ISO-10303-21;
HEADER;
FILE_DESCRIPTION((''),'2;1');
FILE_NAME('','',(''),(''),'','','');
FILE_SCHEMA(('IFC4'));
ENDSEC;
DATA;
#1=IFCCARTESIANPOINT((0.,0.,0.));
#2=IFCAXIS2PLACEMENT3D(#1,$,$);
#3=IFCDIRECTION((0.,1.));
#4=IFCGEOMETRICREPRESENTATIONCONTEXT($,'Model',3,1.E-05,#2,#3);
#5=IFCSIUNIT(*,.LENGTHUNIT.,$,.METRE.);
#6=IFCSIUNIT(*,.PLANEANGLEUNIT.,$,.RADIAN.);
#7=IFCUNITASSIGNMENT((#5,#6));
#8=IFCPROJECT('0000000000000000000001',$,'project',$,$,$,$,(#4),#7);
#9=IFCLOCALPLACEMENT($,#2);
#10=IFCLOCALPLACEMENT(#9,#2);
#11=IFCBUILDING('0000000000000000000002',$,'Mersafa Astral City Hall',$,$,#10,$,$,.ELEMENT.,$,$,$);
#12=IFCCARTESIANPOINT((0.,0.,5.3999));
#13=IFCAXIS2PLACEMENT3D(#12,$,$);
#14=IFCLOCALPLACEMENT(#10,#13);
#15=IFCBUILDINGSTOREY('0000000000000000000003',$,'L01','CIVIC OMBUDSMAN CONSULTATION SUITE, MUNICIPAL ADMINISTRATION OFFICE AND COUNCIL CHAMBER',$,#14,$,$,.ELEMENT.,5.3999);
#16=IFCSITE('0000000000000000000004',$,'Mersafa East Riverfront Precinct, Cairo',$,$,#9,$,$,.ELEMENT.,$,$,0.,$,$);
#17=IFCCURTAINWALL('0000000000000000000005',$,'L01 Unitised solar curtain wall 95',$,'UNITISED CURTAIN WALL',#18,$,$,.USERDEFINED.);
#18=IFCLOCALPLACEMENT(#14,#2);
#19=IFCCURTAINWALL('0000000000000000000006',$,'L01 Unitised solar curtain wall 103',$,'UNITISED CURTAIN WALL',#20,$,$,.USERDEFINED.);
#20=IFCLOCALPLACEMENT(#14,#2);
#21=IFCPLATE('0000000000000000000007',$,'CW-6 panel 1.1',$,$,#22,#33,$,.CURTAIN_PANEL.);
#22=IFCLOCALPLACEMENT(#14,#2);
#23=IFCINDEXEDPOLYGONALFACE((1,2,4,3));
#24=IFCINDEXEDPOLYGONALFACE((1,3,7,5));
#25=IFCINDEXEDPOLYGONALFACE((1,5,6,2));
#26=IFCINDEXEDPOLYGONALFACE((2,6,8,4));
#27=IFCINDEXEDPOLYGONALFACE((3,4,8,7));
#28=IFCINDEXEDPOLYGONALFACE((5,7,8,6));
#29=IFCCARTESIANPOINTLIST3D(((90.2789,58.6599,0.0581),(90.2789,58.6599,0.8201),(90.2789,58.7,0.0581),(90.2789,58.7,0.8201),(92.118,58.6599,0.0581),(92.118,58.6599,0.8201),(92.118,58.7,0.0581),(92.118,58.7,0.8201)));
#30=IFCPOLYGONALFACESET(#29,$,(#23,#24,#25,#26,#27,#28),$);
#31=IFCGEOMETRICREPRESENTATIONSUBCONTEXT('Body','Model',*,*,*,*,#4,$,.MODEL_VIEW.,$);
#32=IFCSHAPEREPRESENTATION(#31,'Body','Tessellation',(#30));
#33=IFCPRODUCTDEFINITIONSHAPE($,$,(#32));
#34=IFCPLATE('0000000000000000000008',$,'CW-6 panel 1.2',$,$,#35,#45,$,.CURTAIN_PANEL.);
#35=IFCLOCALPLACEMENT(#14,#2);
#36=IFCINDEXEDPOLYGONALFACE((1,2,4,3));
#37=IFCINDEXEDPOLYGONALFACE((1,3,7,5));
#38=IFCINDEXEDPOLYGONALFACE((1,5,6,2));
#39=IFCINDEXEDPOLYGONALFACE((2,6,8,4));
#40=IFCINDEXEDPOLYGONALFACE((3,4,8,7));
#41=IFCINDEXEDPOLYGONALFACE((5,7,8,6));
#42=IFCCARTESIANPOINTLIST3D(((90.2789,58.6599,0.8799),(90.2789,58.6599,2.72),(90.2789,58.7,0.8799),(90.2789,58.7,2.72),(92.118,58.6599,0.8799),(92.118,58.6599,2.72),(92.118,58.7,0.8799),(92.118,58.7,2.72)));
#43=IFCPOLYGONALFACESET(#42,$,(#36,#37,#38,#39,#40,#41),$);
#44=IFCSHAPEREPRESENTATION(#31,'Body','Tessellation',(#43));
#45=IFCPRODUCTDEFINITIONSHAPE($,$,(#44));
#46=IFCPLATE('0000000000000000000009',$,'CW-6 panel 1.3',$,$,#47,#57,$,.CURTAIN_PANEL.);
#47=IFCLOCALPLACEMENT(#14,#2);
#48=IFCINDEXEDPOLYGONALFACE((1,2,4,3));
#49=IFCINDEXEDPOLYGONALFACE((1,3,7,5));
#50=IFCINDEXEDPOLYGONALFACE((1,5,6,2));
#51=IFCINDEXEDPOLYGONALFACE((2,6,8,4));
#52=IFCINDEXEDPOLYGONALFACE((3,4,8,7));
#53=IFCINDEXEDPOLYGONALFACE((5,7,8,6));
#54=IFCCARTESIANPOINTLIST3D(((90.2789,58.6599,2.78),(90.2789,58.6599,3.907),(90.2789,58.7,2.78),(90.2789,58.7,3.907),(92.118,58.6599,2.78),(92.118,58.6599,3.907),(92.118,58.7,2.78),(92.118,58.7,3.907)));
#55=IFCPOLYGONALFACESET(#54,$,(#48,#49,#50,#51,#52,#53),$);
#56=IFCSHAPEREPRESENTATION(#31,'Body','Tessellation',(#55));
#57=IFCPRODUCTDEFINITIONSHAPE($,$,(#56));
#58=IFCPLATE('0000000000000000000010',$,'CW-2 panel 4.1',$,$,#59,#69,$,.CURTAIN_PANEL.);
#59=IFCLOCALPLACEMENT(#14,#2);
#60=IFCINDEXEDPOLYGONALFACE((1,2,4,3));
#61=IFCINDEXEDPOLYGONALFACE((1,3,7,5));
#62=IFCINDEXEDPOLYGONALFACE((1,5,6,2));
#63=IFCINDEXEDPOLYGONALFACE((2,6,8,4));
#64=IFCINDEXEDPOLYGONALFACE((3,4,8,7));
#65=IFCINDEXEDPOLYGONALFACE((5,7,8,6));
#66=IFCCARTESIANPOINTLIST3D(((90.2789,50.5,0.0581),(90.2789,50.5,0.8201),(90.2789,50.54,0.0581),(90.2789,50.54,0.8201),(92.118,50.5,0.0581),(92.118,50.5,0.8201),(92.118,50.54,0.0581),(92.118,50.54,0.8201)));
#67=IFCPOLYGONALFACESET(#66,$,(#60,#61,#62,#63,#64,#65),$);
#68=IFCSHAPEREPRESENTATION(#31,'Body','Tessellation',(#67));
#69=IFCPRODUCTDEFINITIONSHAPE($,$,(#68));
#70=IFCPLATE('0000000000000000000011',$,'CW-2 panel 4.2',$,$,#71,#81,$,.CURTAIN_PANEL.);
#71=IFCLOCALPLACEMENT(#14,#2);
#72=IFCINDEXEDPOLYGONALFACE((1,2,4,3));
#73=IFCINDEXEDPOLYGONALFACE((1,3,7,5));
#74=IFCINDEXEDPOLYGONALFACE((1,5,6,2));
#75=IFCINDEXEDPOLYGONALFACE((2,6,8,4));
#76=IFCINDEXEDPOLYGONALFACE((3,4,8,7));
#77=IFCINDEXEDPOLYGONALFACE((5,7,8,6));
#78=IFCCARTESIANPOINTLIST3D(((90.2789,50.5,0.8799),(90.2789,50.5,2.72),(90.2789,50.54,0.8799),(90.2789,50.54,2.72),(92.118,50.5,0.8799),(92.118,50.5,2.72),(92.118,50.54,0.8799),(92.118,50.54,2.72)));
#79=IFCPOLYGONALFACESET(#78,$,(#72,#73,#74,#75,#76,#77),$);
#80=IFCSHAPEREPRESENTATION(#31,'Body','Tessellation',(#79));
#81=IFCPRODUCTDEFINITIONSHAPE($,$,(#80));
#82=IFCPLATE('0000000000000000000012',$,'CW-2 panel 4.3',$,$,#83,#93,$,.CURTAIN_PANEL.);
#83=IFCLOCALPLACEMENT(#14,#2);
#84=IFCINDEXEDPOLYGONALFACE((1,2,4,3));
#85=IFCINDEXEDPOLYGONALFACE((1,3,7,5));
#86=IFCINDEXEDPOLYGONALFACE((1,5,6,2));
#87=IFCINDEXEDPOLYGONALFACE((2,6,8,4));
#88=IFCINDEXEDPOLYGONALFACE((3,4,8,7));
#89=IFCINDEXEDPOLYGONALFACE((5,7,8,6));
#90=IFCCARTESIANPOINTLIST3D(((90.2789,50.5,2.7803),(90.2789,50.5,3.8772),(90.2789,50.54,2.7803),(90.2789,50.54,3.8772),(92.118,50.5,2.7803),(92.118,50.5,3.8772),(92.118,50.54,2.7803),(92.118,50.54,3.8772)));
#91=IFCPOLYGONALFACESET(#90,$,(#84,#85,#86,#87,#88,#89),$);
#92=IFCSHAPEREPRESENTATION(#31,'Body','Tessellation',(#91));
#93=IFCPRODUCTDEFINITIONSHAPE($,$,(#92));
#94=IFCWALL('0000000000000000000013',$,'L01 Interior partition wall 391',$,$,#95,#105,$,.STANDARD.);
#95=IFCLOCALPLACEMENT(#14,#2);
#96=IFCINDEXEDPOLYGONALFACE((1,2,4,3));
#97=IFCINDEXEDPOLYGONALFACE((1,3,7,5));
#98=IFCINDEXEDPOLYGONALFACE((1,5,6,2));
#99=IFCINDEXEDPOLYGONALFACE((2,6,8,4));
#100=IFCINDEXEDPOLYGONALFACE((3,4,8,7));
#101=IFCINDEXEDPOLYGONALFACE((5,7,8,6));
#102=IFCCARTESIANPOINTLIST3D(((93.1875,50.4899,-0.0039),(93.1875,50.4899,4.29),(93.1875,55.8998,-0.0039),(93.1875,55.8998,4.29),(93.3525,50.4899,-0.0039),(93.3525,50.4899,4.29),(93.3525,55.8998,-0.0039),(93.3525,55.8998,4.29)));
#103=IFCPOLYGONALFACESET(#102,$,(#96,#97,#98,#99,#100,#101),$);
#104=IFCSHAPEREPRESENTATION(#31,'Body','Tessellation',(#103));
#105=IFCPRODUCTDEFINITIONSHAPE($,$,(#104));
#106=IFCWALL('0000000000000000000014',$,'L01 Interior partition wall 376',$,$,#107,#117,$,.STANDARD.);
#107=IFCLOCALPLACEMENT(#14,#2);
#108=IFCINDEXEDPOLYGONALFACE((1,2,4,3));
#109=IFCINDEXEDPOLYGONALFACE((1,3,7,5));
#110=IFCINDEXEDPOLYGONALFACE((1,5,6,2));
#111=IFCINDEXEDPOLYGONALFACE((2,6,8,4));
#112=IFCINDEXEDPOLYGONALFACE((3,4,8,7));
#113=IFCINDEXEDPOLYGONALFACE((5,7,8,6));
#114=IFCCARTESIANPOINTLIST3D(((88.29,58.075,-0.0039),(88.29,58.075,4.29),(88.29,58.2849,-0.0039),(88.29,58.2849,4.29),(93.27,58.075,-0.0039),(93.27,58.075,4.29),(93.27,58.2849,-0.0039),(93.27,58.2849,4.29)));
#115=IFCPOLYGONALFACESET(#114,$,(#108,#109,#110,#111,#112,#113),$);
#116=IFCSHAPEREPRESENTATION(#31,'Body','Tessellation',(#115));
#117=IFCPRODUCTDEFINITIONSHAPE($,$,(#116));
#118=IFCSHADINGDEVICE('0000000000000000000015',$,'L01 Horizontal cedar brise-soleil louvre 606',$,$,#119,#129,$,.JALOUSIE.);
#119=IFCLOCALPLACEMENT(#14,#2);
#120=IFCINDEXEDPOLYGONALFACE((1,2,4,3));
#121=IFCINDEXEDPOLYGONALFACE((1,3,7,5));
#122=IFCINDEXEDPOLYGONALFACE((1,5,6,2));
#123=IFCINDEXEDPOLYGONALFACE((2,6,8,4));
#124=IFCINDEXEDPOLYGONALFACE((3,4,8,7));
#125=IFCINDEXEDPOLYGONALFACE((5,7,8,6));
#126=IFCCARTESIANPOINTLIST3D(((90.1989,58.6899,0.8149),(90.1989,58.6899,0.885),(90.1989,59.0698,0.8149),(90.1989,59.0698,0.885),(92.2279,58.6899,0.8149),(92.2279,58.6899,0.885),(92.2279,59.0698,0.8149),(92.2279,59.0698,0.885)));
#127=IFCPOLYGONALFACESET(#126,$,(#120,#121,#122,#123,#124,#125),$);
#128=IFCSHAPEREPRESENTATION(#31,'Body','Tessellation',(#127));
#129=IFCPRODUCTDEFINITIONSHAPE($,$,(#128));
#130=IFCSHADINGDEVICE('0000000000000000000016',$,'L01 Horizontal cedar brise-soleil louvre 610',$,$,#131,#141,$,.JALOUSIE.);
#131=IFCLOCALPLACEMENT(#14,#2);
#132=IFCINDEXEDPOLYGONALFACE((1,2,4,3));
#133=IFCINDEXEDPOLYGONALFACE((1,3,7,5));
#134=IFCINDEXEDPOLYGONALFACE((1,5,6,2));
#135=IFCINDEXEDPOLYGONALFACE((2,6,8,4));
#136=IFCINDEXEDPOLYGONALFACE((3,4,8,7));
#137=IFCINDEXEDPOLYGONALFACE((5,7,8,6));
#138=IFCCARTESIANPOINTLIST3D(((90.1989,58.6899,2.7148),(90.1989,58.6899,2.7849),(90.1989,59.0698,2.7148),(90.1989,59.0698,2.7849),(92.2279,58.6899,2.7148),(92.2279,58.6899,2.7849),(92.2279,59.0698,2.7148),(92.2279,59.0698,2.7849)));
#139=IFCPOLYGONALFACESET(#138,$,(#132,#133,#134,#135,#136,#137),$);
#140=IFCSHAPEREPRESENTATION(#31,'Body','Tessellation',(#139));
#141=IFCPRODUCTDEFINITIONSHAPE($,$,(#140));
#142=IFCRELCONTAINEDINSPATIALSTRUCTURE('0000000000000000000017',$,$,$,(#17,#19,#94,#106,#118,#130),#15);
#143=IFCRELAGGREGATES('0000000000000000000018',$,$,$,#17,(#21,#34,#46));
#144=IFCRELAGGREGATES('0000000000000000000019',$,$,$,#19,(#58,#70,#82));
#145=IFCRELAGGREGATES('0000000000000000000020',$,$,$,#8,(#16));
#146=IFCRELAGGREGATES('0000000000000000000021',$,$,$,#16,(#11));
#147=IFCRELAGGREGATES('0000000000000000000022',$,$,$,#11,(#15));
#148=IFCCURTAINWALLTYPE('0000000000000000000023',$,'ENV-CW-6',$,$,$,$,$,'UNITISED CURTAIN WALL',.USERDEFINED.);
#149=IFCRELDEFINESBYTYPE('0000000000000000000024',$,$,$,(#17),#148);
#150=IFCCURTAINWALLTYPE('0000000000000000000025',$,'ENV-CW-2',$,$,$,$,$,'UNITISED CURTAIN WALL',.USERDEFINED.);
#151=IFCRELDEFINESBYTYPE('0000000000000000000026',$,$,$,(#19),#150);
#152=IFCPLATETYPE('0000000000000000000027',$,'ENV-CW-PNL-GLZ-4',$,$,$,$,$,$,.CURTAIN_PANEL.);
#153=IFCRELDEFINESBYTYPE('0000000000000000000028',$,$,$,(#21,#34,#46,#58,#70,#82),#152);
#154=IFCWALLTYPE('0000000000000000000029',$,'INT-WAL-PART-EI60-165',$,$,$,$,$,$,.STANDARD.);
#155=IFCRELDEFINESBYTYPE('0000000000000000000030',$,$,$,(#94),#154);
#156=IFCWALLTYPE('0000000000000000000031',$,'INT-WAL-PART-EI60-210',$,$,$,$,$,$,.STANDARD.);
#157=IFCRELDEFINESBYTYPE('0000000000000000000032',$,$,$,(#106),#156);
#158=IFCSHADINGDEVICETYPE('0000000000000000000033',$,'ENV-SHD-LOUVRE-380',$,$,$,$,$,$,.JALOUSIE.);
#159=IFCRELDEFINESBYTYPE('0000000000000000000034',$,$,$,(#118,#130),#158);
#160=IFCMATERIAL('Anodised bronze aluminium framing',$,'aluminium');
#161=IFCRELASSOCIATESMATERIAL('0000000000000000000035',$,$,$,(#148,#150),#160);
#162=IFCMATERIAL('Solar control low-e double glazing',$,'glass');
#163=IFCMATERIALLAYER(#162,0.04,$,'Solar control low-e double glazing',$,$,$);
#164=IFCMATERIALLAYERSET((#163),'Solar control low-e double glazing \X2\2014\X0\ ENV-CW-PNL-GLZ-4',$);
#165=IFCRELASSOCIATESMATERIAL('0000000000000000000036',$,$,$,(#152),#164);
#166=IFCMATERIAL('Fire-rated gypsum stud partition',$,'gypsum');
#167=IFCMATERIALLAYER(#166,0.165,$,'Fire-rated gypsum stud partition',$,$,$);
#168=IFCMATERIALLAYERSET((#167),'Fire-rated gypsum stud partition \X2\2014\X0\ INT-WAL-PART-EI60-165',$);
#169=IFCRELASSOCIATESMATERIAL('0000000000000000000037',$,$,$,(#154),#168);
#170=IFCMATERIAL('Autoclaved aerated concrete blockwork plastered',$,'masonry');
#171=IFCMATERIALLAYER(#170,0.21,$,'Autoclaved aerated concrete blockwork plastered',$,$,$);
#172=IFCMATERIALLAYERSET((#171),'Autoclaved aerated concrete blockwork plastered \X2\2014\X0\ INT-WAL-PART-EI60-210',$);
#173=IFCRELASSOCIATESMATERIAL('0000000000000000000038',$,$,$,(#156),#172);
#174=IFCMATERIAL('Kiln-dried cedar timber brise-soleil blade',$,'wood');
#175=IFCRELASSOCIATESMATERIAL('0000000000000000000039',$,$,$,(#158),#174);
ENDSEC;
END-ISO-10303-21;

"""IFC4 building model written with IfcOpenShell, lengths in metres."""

from ifc_helpers import new_model, si_unit, direction, frame, frame_2d, origin, origin_2d, place, context, subcontext, project, spatial, rectangle, extrude, material, layer, layer_set, type_object, element, aggregate, save


model = new_model("IFC4")

# Units and contexts
model_context = context("Model", 3, precision=1e-05, world=origin(), true_north=direction((0.0, 1.0)))
body_context = subcontext(model_context, "Body", "Model", "MODEL_VIEW")
ifc_project = project(units=[si_unit("LENGTHUNIT", "METRE"), si_unit("PLANEANGLEUNIT", "RADIAN")], contexts=[model_context])

# Site, building, storey
site_placement = place(None, origin())
site = spatial("IfcSite", under=ifc_project, at=site_placement, Name="Mersafa East Riverfront Precinct, Cairo", CompositionType="ELEMENT", RefElevation=0.0)
building_placement = place(site_placement, origin())
building = spatial("IfcBuilding", under=site, at=building_placement, Name="Mersafa Astral City Hall", CompositionType="ELEMENT")
storey_placement = place(building_placement, frame((0.0, 0.0, 5.3999)))
storey = spatial("IfcBuildingStorey", under=building, at=storey_placement, Name="L01", Description="CIVIC OMBUDSMAN CONSULTATION SUITE, MUNICIPAL ADMINISTRATION OFFICE AND COUNCIL CHAMBER", CompositionType="ELEMENT", Elevation=5.3999)

# Curtain walls
ifc_material_1 = material(Name="Anodised bronze aluminium framing", Category="aluminium")
curtain_wall_type_1 = type_object("IfcCurtainWallType", Name="ENV-CW-6", ElementType="UNITISED CURTAIN WALL", PredefinedType="USERDEFINED", material=ifc_material_1)
curtain_wall_1_placement = place(storey_placement, origin())
curtain_wall_1 = element("IfcCurtainWall", 1, at=curtain_wall_1_placement, inside=storey, type_object=curtain_wall_type_1, Name="L01 Unitised solar curtain wall 95", ObjectType="UNITISED CURTAIN WALL", PredefinedType="USERDEFINED")
curtain_wall_type_2 = type_object("IfcCurtainWallType", Name="ENV-CW-2", ElementType="UNITISED CURTAIN WALL", PredefinedType="USERDEFINED", material=ifc_material_1)
curtain_wall_2_placement = place(storey_placement, origin())
curtain_wall_2 = element("IfcCurtainWall", 2, at=curtain_wall_2_placement, inside=storey, type_object=curtain_wall_type_2, Name="L01 Unitised solar curtain wall 103", ObjectType="UNITISED CURTAIN WALL", PredefinedType="USERDEFINED")

# Plates
ifc_material_2 = material(Name="Solar control low-e double glazing", Category="glass")
ifc_layer_1 = layer(ifc_material_2, 0.04, Name="Solar control low-e double glazing")
ifc_layer_set_1 = layer_set([ifc_layer_1], Name="Solar control low-e double glazing — ENV-CW-PNL-GLZ-4")
plate_type = type_object("IfcPlateType", Name="ENV-CW-PNL-GLZ-4", PredefinedType="CURTAIN_PANEL", material=ifc_layer_set_1)
plate_1_placement = place(storey_placement, frame((91.1985, 58.6799, 0.0581), z_axis=(0.0, 0.0, 1.0), x_axis=(-1.0, 0.0, 0.0)))
plate_1 = element("IfcPlate", 3, at=plate_1_placement, type_object=plate_type, Name="CW-6 panel 1.1", PredefinedType="CURTAIN_PANEL", context=body_context, shape_type="SweptSolid", body=[
    extrude(rectangle(XDim=1.8391, YDim=0.04, at=origin_2d()), origin(), (0.0, 0.0, 1.0), 0.762),
])
plate_2_placement = place(storey_placement, frame((91.1985, 58.6799, 0.8799), z_axis=(0.0, 0.0, 1.0), x_axis=(-1.0, 0.0, 0.0)))
plate_2 = element("IfcPlate", 4, at=plate_2_placement, type_object=plate_type, Name="CW-6 panel 1.2", PredefinedType="CURTAIN_PANEL", context=body_context, shape_type="SweptSolid", body=[
    extrude(rectangle(XDim=1.8391, YDim=0.04, at=origin_2d()), origin(), (0.0, 0.0, 1.0), 1.8401),
])
plate_3_placement = place(storey_placement, frame((91.1985, 58.6799, 2.78), z_axis=(0.0, 0.0, 1.0), x_axis=(-1.0, 0.0, 0.0)))
plate_3 = element("IfcPlate", 5, at=plate_3_placement, type_object=plate_type, Name="CW-6 panel 1.3", PredefinedType="CURTAIN_PANEL", context=body_context, shape_type="SweptSolid", body=[
    extrude(rectangle(XDim=1.8391, YDim=0.04, at=origin_2d()), origin(), (0.0, 0.0, 1.0), 1.127),
])
aggregate(curtain_wall_1, [plate_1, plate_2, plate_3])
plate_4_placement = place(storey_placement, frame((91.1985, 50.52, 0.0581), z_axis=(0.0, 0.0, 1.0), x_axis=(1.0, 0.0, 0.0)))
plate_4 = element("IfcPlate", 6, at=plate_4_placement, type_object=plate_type, Name="CW-2 panel 4.1", PredefinedType="CURTAIN_PANEL", context=body_context, shape_type="SweptSolid", body=[
    extrude(rectangle(XDim=1.8391, YDim=0.04, at=origin_2d()), origin(), (0.0, 0.0, 1.0), 0.762),
])
plate_5_placement = place(storey_placement, frame((91.1985, 50.52, 0.8799), z_axis=(0.0, 0.0, 1.0), x_axis=(1.0, 0.0, 0.0)))
plate_5 = element("IfcPlate", 7, at=plate_5_placement, type_object=plate_type, Name="CW-2 panel 4.2", PredefinedType="CURTAIN_PANEL", context=body_context, shape_type="SweptSolid", body=[
    extrude(rectangle(XDim=1.8391, YDim=0.04, at=origin_2d()), origin(), (0.0, 0.0, 1.0), 1.8401),
])
plate_6_placement = place(storey_placement, frame((91.1985, 50.52, 2.7803), z_axis=(0.0, 0.0, 1.0), x_axis=(1.0, 0.0, 0.0)))
plate_6 = element("IfcPlate", 8, at=plate_6_placement, type_object=plate_type, Name="CW-2 panel 4.3", PredefinedType="CURTAIN_PANEL", context=body_context, shape_type="SweptSolid", body=[
    extrude(rectangle(XDim=1.8391, YDim=0.04, at=origin_2d()), origin(), (0.0, 0.0, 1.0), 1.0969),
])
aggregate(curtain_wall_2, [plate_4, plate_5, plate_6])

# Walls
ifc_material_3 = material(Name="Fire-rated gypsum stud partition", Category="gypsum")
ifc_layer_2 = layer(ifc_material_3, 0.165, Name="Fire-rated gypsum stud partition")
ifc_layer_set_2 = layer_set([ifc_layer_2], Name="Fire-rated gypsum stud partition — INT-WAL-PART-EI60-165")
wall_type_1 = type_object("IfcWallType", Name="INT-WAL-PART-EI60-165", PredefinedType="STANDARD", material=ifc_layer_set_2)
wall_1_placement = place(storey_placement, frame((93.27, 55.8999, -0.0039), z_axis=(0.0, 0.0, 1.0), x_axis=(0.0, -1.0, 0.0)))
element("IfcWall", 9, at=wall_1_placement, inside=storey, type_object=wall_type_1, Name="L01 Interior partition wall 391", PredefinedType="STANDARD", context=body_context, shape_type="SweptSolid", body=[
    extrude(rectangle(XDim=5.4099, YDim=0.165, at=frame_2d((2.7051, 0.0))), origin(), (0.0, 0.0, 1.0), 4.2939),
])
ifc_material_4 = material(Name="Autoclaved aerated concrete blockwork plastered", Category="masonry")
ifc_layer_3 = layer(ifc_material_4, 0.21, Name="Autoclaved aerated concrete blockwork plastered")
ifc_layer_set_3 = layer_set([ifc_layer_3], Name="Autoclaved aerated concrete blockwork plastered — INT-WAL-PART-EI60-210")
wall_type_2 = type_object("IfcWallType", Name="INT-WAL-PART-EI60-210", PredefinedType="STANDARD", material=ifc_layer_set_3)
wall_2_placement = place(storey_placement, frame((93.27, 58.1799, -0.0039), z_axis=(0.0, 0.0, 1.0), x_axis=(-1.0, 0.0, 0.0)))
element("IfcWall", 10, at=wall_2_placement, inside=storey, type_object=wall_type_2, Name="L01 Interior partition wall 376", PredefinedType="STANDARD", context=body_context, shape_type="SweptSolid", body=[
    extrude(rectangle(XDim=4.98, YDim=0.21, at=frame_2d((2.49, 0.0))), origin(), (0.0, 0.0, 1.0), 4.2939),
])

# Shading devices
ifc_material_5 = material(Name="Kiln-dried cedar timber brise-soleil blade", Category="wood")
shading_device_type = type_object("IfcShadingDeviceType", Name="ENV-SHD-LOUVRE-380", PredefinedType="JALOUSIE", material=ifc_material_5)
for number, where, z_axis, x_axis, name in (
    (11, (91.2134, 58.8799, 0.8149), (0.0, 0.0, 1.0), (-1.0, 0.0, 0.0), "L01 Horizontal cedar brise-soleil louvre 606"),
    (12, (91.2134, 58.8799, 2.7148), (0.0, 0.0, 1.0), (-1.0, 0.0, 0.0), "L01 Horizontal cedar brise-soleil louvre 610"),
):
    element("IfcShadingDevice", number, at=place(storey_placement, frame(where, z_axis=z_axis, x_axis=x_axis)), inside=storey, type_object=shading_device_type, Name=name, PredefinedType="JALOUSIE", context=body_context, shape_type="SweptSolid", body=[
        extrude(rectangle(XDim=2.0291, YDim=0.3799, at=origin_2d()), origin(), (0.0, 0.0, 1.0), 0.0701),
    ])

save(model, "model.ifc")
